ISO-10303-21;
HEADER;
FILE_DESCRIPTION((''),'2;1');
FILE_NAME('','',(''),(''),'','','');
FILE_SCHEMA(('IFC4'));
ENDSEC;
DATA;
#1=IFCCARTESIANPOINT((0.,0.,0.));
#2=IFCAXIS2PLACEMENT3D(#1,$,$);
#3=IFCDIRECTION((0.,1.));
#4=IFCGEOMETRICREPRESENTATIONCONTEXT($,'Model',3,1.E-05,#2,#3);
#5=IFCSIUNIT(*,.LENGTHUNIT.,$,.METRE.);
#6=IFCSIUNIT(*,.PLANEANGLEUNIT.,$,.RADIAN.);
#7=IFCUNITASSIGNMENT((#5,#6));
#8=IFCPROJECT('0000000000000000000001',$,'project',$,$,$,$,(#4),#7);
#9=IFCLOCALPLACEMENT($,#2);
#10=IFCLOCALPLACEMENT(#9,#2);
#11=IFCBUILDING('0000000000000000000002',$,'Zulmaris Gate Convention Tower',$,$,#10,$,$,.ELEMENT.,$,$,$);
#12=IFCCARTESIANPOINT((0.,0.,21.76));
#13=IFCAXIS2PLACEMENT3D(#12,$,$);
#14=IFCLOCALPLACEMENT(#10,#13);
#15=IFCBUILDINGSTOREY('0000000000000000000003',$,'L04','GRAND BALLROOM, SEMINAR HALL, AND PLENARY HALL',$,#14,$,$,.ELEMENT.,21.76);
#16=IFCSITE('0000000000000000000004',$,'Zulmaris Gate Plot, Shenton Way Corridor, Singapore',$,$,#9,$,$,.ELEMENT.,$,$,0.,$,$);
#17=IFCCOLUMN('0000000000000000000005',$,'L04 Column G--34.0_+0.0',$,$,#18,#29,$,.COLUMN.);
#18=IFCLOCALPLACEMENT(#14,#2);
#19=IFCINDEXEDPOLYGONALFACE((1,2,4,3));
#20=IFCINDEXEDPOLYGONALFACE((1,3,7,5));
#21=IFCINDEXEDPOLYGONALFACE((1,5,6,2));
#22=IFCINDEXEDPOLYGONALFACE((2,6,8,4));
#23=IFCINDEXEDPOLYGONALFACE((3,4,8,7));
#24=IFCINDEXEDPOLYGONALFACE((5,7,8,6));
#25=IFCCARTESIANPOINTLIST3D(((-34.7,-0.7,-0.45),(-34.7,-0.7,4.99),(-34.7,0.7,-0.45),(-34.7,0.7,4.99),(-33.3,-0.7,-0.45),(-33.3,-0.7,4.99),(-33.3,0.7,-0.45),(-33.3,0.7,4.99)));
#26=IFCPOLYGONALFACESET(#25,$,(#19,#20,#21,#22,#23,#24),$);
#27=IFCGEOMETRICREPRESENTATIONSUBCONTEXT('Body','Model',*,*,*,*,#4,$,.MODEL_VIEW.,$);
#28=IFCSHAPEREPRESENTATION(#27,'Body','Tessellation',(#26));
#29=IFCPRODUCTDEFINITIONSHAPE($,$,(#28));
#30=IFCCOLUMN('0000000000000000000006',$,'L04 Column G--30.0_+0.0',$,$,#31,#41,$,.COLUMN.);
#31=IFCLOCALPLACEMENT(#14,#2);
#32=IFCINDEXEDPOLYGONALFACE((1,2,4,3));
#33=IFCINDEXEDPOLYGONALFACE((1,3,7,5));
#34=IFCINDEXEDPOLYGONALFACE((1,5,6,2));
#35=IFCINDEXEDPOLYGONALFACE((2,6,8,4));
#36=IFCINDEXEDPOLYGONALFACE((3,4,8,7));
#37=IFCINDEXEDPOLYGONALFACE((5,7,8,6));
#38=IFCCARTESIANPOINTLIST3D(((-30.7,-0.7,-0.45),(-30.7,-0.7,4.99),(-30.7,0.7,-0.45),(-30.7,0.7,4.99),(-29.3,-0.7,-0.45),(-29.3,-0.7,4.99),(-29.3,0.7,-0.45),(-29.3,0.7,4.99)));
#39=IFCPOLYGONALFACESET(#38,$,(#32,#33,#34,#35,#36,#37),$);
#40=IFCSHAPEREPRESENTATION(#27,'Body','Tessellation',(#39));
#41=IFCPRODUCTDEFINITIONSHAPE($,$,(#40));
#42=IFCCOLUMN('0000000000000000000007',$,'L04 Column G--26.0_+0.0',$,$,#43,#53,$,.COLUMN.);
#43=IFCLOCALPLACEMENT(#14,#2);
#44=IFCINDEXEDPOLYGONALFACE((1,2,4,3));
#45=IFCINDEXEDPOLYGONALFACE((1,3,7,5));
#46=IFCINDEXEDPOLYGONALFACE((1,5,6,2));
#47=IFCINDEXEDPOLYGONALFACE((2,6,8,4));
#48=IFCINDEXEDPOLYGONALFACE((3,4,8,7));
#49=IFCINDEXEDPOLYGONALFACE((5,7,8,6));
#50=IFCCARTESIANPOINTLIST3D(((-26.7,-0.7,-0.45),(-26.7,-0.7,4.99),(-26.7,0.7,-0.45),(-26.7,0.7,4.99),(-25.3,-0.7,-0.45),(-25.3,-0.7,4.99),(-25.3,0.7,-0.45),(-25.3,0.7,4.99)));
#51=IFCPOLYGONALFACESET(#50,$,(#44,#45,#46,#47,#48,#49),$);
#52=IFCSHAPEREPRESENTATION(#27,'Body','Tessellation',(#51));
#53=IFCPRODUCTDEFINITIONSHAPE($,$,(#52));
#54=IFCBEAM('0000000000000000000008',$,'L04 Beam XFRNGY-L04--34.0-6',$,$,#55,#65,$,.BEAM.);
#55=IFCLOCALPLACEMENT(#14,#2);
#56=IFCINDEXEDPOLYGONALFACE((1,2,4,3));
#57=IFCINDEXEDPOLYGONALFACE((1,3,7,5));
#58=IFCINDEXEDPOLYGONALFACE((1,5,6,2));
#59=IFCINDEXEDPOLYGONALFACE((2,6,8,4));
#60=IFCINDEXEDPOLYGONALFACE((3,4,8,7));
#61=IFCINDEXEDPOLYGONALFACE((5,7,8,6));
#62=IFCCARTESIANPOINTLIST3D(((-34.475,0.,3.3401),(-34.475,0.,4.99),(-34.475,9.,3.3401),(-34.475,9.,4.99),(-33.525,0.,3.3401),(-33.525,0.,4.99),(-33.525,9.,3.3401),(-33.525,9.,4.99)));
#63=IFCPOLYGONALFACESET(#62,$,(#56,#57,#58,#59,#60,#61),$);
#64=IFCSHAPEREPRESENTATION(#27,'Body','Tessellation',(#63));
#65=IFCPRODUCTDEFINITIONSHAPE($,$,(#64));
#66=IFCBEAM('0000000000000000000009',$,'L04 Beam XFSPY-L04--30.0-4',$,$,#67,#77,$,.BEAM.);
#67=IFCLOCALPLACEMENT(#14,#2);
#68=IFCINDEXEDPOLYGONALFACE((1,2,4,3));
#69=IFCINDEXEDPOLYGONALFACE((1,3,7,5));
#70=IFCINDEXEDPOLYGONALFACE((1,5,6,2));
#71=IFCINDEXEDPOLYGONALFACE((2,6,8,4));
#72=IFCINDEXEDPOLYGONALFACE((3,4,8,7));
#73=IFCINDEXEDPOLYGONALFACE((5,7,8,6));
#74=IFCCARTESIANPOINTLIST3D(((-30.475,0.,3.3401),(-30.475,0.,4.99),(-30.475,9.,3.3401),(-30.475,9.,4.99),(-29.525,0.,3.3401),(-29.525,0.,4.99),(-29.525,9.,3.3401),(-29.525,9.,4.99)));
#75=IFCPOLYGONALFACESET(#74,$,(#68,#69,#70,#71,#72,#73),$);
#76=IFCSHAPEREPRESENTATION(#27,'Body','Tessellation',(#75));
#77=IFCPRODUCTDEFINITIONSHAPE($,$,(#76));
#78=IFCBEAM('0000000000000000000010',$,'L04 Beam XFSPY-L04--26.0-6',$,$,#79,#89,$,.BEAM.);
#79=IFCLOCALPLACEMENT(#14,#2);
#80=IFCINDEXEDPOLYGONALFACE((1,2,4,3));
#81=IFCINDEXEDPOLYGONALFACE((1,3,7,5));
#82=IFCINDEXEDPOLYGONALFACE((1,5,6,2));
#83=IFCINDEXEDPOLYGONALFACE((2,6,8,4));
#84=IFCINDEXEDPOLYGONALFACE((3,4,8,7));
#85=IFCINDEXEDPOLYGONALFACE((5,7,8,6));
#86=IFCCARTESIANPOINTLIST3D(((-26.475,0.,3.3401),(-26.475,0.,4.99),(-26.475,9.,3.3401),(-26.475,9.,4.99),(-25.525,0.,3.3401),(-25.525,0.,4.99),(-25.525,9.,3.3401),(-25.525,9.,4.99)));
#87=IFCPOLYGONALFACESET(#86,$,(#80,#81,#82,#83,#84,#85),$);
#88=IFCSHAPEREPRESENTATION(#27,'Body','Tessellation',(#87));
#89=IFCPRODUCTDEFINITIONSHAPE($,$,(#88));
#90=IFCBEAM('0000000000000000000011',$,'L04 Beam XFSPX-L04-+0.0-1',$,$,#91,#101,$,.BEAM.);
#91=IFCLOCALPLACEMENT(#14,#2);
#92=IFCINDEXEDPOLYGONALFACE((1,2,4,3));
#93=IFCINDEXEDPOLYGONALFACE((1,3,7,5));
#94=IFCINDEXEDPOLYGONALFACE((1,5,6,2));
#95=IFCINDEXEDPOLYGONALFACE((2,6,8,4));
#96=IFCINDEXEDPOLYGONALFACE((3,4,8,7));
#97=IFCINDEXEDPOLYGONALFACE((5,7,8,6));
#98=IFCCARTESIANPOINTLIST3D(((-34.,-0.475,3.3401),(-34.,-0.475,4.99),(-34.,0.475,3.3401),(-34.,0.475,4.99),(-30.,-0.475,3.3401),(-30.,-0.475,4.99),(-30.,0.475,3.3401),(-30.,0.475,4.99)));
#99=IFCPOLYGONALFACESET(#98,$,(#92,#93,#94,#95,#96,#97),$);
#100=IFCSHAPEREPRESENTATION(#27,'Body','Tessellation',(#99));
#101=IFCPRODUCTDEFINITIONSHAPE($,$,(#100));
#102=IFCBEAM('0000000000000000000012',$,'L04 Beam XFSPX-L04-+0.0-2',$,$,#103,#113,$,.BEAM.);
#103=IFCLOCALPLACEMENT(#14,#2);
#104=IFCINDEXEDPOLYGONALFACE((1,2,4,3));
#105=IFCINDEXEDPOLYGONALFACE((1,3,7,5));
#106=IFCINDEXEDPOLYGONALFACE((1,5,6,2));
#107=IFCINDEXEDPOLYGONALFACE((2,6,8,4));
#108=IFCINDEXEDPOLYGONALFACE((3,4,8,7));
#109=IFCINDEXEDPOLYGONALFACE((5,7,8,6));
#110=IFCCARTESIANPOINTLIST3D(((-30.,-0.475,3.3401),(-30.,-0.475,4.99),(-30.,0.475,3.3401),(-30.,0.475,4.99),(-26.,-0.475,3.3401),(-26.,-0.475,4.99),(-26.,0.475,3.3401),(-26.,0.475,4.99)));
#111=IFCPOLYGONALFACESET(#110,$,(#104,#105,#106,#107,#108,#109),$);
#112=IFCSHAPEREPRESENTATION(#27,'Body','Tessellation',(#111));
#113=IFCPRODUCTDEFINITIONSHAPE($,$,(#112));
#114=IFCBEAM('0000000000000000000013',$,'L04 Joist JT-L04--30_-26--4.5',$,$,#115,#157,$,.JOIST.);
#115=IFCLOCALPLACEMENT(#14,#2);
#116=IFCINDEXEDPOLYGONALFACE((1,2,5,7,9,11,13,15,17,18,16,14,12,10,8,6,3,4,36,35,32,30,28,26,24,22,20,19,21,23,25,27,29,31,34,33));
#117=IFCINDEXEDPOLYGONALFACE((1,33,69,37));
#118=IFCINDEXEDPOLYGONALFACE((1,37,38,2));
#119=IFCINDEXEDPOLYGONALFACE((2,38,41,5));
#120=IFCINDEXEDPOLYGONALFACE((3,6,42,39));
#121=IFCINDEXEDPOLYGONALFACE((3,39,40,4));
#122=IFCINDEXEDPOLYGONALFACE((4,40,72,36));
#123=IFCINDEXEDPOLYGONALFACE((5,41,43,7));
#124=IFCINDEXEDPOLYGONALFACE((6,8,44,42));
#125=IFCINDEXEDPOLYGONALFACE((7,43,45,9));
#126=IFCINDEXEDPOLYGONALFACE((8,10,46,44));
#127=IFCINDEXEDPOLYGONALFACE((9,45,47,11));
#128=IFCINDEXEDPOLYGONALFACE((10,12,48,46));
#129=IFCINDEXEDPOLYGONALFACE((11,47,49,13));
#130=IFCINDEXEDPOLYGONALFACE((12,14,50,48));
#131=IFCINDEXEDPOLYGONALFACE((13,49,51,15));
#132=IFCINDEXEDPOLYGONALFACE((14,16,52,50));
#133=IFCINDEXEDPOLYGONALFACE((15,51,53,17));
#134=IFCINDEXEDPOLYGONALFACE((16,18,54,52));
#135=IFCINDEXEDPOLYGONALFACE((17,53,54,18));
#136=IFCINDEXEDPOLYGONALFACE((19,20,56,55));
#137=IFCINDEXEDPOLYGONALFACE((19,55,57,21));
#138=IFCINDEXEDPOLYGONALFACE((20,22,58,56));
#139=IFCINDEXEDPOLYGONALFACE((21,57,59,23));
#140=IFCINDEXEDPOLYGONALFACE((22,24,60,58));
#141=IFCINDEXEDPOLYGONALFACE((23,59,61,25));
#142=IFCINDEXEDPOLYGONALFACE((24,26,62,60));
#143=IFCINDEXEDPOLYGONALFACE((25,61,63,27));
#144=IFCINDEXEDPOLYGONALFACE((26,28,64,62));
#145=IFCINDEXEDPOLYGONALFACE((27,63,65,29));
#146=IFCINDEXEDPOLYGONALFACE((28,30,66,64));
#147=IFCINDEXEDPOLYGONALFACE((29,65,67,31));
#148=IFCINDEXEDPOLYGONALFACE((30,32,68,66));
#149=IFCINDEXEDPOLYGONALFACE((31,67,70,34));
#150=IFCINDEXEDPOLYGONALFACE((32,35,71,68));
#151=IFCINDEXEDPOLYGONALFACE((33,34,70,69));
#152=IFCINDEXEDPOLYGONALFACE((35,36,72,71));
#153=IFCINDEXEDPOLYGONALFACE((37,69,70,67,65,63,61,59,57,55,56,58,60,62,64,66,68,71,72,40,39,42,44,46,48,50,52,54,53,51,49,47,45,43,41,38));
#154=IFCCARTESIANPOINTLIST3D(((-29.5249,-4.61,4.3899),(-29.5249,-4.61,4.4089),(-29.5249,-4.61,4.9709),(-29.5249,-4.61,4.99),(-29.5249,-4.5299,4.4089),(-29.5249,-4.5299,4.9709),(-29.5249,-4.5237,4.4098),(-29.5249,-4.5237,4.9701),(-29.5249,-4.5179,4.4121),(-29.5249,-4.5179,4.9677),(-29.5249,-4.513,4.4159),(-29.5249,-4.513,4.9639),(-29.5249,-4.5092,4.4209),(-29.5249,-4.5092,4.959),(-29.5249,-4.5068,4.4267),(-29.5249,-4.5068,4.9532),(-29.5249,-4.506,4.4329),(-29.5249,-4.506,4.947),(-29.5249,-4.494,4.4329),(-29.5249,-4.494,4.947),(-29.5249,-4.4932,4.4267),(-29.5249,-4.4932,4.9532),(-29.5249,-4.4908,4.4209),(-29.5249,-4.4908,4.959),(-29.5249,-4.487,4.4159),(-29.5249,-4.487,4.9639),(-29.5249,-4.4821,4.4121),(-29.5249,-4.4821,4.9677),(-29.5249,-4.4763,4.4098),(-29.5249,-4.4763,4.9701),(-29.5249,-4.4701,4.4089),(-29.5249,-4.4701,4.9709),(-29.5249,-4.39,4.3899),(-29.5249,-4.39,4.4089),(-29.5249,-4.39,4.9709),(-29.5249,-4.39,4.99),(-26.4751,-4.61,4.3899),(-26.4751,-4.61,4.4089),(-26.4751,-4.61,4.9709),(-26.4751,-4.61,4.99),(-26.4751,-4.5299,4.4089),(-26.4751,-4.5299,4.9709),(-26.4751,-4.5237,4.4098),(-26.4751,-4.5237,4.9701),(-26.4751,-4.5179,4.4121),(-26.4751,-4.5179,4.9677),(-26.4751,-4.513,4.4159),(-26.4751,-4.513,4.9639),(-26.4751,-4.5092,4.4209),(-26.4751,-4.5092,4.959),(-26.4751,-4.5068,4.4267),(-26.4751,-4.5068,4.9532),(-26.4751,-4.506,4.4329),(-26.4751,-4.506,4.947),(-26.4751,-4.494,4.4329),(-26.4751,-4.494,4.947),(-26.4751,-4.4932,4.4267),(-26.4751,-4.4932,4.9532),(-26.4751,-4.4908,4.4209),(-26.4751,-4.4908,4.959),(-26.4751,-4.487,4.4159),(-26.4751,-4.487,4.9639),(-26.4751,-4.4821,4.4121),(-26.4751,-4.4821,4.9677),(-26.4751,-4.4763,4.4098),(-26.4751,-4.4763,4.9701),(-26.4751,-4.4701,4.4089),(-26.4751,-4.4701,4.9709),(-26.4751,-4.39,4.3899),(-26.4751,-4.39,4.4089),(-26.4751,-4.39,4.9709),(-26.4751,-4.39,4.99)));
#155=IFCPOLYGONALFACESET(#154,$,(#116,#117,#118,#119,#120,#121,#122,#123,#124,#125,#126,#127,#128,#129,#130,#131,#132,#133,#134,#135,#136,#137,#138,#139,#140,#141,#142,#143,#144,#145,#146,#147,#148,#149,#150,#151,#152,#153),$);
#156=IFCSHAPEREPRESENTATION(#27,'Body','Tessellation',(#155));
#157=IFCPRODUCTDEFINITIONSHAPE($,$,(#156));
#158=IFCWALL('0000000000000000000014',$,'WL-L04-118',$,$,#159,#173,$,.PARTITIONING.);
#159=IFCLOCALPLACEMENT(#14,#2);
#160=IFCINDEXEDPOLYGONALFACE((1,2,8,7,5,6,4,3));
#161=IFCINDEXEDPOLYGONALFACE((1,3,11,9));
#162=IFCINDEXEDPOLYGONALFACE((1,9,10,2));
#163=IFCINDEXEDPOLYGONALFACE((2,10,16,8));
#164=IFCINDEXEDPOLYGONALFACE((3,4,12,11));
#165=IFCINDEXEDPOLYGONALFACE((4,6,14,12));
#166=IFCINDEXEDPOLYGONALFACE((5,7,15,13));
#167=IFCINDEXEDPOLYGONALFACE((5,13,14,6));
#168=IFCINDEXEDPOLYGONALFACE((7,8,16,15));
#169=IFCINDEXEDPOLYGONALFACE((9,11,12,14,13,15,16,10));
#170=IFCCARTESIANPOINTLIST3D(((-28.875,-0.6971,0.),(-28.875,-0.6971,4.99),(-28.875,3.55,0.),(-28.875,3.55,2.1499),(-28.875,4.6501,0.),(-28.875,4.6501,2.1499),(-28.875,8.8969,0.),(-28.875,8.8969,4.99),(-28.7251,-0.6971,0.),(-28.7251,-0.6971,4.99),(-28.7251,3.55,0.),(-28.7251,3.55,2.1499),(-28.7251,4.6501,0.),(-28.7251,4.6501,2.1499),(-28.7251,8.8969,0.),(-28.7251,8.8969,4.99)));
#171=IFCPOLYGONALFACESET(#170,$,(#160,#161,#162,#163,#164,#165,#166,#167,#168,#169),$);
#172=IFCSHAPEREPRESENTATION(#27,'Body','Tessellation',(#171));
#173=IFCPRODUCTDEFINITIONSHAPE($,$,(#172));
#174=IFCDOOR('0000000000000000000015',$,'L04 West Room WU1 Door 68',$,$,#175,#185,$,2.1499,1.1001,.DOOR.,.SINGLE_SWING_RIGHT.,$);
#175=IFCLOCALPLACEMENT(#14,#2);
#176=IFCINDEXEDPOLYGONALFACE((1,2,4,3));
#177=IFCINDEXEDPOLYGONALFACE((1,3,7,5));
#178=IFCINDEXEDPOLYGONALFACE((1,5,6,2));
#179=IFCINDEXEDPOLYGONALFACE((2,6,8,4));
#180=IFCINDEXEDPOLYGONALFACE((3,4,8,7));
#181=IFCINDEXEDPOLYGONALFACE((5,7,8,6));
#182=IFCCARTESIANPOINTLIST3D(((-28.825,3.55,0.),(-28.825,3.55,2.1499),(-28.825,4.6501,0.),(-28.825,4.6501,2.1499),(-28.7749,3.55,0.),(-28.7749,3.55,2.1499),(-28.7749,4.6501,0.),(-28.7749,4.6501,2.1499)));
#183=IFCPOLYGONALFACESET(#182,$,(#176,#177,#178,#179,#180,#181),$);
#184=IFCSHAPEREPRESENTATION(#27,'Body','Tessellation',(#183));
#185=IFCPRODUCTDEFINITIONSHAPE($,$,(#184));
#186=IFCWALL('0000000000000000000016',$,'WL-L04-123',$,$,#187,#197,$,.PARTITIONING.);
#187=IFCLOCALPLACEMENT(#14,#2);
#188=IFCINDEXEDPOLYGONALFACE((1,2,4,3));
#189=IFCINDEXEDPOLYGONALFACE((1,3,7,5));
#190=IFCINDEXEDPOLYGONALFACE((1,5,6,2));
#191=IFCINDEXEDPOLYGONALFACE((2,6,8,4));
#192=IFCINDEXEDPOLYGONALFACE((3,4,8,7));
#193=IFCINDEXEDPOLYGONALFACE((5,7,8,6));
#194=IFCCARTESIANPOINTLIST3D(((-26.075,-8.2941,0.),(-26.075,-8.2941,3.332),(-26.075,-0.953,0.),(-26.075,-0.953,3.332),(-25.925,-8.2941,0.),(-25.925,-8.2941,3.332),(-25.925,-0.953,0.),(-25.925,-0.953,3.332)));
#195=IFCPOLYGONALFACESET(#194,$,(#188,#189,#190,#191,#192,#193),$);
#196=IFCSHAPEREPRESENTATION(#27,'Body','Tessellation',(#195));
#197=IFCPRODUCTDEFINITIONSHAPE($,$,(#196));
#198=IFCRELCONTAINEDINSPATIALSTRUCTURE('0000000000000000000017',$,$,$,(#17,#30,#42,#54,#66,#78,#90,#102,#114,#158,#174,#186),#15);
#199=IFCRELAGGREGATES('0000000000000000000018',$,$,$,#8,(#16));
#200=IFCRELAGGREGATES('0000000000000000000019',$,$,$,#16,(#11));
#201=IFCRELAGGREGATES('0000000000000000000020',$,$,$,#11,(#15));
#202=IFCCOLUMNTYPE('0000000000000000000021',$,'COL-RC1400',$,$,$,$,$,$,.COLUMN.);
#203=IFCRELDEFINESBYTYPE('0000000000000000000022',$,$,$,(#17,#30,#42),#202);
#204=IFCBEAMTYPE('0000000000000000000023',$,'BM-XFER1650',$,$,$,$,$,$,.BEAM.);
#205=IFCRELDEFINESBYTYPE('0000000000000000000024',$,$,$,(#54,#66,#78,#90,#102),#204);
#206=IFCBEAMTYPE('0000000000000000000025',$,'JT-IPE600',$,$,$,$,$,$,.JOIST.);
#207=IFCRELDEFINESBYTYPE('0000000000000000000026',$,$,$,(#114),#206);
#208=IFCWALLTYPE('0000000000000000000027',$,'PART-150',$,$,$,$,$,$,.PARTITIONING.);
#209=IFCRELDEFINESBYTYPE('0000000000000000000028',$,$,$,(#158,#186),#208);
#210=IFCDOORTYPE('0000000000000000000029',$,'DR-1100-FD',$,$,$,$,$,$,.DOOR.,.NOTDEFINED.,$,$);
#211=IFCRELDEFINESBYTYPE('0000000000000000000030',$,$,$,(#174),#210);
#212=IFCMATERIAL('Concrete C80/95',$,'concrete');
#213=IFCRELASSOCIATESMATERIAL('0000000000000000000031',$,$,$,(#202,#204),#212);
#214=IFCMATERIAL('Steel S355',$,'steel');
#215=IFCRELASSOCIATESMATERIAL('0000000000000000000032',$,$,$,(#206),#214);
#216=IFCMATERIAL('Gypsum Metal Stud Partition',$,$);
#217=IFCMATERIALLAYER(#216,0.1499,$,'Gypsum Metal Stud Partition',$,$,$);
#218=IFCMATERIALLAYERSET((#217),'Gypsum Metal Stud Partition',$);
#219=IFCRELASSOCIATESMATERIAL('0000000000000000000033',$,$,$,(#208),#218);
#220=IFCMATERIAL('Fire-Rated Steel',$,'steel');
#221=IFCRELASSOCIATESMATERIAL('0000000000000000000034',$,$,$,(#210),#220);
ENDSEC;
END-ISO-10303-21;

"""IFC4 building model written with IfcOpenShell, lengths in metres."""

from ifc_helpers import new_model, si_unit, direction, frame, frame_2d, origin, origin_2d, place, context, subcontext, project, spatial, rectangle, i_section, extrude, material, layer, layer_set, material_profile, profile_set, type_object, element, fill, save


model = new_model("IFC4")

# Units and contexts
model_context = context("Model", 3, precision=1e-05, world=origin(), true_north=direction((0.0, 1.0)))
body_context = subcontext(model_context, "Body", "Model", "MODEL_VIEW")
ifc_project = project(units=[si_unit("LENGTHUNIT", "METRE"), si_unit("PLANEANGLEUNIT", "RADIAN")], contexts=[model_context])

# Site, building, storey
site_placement = place(None, origin())
site = spatial("IfcSite", under=ifc_project, at=site_placement, Name="Zulmaris Gate Plot, Shenton Way Corridor, Singapore", CompositionType="ELEMENT", RefElevation=0.0)
building_placement = place(site_placement, origin())
building = spatial("IfcBuilding", under=site, at=building_placement, Name="Zulmaris Gate Convention Tower", CompositionType="ELEMENT")
storey_placement = place(building_placement, frame((0.0, 0.0, 21.76)))
storey = spatial("IfcBuildingStorey", under=building, at=storey_placement, Name="L04", Description="GRAND BALLROOM, SEMINAR HALL, AND PLENARY HALL", CompositionType="ELEMENT", Elevation=21.76)

# Columns
ifc_material_1 = material(Name="Concrete C80/95", Category="concrete")
ifc_material_profile_1 = material_profile(ifc_material_1, rectangle(XDim=1.3999, YDim=1.3999, at=origin_2d()), Name="RC COL 1400x1400")
ifc_profile_set_1 = profile_set([ifc_material_profile_1], Name="Concrete C80/95")
column_type = type_object("IfcColumnType", Name="COL-RC1400", PredefinedType="COLUMN", material=ifc_profile_set_1)
for number, where, z_axis, x_axis, name in (
    (1, (-34.0, 0.0, -0.45), (0.0, 0.0, 1.0), (1.0, 0.0, 0.0), "L04 Column G--34.0_+0.0"),
    (2, (-30.0, 0.0, -0.45), (0.0, 0.0, 1.0), (1.0, 0.0, 0.0), "L04 Column G--30.0_+0.0"),
    (3, (-26.0, 0.0, -0.45), (0.0, 0.0, 1.0), (1.0, 0.0, 0.0), "L04 Column G--26.0_+0.0"),
):
    element("IfcColumn", number, at=place(storey_placement, frame(where, z_axis=z_axis, x_axis=x_axis)), inside=storey, type_object=column_type, Name=name, PredefinedType="COLUMN", context=body_context, shape_type="SweptSolid", body=[
        extrude(rectangle(XDim=1.3999, YDim=1.3999, at=origin_2d()), origin(), (0.0, 0.0, 1.0), 5.4399),
    ])

# Beams
ifc_material_profile_2 = material_profile(ifc_material_1, rectangle(XDim=0.95, YDim=1.6499, at=origin_2d()), Name="RC TRANSFER 950x1650")
ifc_profile_set_2 = profile_set([ifc_material_profile_2], Name="Concrete C80/95")
beam_type_1 = type_object("IfcBeamType", Name="BM-XFER1650", PredefinedType="BEAM", material=ifc_profile_set_2)
for number, where, z_axis, x_axis, name in (
    (4, (-34.0, 0.0, 4.165), (0.0, 1.0, 0.0), (-1.0, 0.0, 0.0), "L04 Beam XFRNGY-L04--34.0-6"),
    (5, (-30.0, 0.0, 4.165), (0.0, 1.0, 0.0), (-1.0, 0.0, 0.0), "L04 Beam XFSPY-L04--30.0-4"),
    (6, (-26.0, 0.0, 4.165), (0.0, 1.0, 0.0), (-1.0, 0.0, 0.0), "L04 Beam XFSPY-L04--26.0-6"),
):
    element("IfcBeam", number, at=place(storey_placement, frame(where, z_axis=z_axis, x_axis=x_axis)), inside=storey, type_object=beam_type_1, Name=name, PredefinedType="BEAM", context=body_context, shape_type="SweptSolid", body=[
        extrude(rectangle(XDim=0.95, YDim=1.6499, at=origin_2d()), origin(), (0.0, 0.0, 1.0), 9.0),
    ])
for number, where, z_axis, x_axis, name in (
    (7, (-34.0, 0.0, 4.165), (1.0, 0.0, 0.0), (0.0, 1.0, 0.0), "L04 Beam XFSPX-L04-+0.0-1"),
    (8, (-30.0, 0.0, 4.165), (1.0, 0.0, 0.0), (0.0, 1.0, 0.0), "L04 Beam XFSPX-L04-+0.0-2"),
):
    element("IfcBeam", number, at=place(storey_placement, frame(where, z_axis=z_axis, x_axis=x_axis)), inside=storey, type_object=beam_type_1, Name=name, PredefinedType="BEAM", context=body_context, shape_type="SweptSolid", body=[
        extrude(rectangle(XDim=0.95, YDim=1.6499, at=origin_2d()), origin(), (0.0, 0.0, 1.0), 4.0),
    ])
ifc_material_2 = material(Name="Steel S355", Category="steel")
ifc_material_profile_3 = material_profile(ifc_material_2, i_section(OverallWidth=0.22, OverallDepth=0.6001, WebThickness=0.012, FlangeThickness=0.019, FilletRadius=0.0239, at=origin_2d()), Name="IPE 600")
ifc_profile_set_3 = profile_set([ifc_material_profile_3], Name="Steel S355")
beam_type_2 = type_object("IfcBeamType", Name="JT-IPE600", PredefinedType="JOIST", material=ifc_profile_set_3)
beam_placement = place(storey_placement, frame((-29.5249, -4.5, 4.6899), z_axis=(1.0, 0.0, 0.0), x_axis=(0.0, 1.0, 0.0)))
element("IfcBeam", 9, at=beam_placement, inside=storey, type_object=beam_type_2, Name="L04 Joist JT-L04--30_-26--4.5", PredefinedType="JOIST", context=body_context, shape_type="SweptSolid", body=[
    extrude(i_section(OverallWidth=0.22, OverallDepth=0.6001, WebThickness=0.012, FlangeThickness=0.019, FilletRadius=0.0239, at=origin_2d()), origin(), (0.0, 0.0, 1.0), 3.0498),
])

# Wall, opening, door
ifc_material_3 = material(Name="Gypsum Metal Stud Partition")
ifc_layer_1 = layer(ifc_material_3, 0.1499, Name="Gypsum Metal Stud Partition")
ifc_layer_set_1 = layer_set([ifc_layer_1], Name="Gypsum Metal Stud Partition")
wall_type_1 = type_object("IfcWallType", Name="PART-150", PredefinedType="PARTITIONING", material=ifc_layer_set_1)
wall_1_placement = place(storey_placement, frame((-28.8, -0.697, 0.0), z_axis=(0.0, 0.0, 1.0), x_axis=(0.0, 1.0, 0.0)))
wall_1 = element("IfcWall", 10, at=wall_1_placement, inside=storey, type_object=wall_type_1, Name="WL-L04-118", PredefinedType="PARTITIONING", context=body_context, shape_type="SweptSolid", body=[
    extrude(rectangle(XDim=9.594, YDim=0.1499, at=frame_2d((4.7969, 0.0))), origin(), (0.0, 0.0, 1.0), 4.99),
])
opening_1_placement = place(wall_1_placement, frame((4.2471, 0.0, 0.0)))
opening_1 = element("IfcOpeningElement", 11, at=opening_1_placement, cuts=wall_1, PredefinedType="OPENING", context=body_context, shape_type="SweptSolid", body=[
    extrude(rectangle(XDim=1.1001, YDim=2.1499, at=frame_2d((0.55, 1.075))), frame((0.0, 0.085, 0.0), z_axis=(0.0, -1.0, 0.0), x_axis=(1.0, 0.0, 0.0)), (0.0, 0.0, 1.0), 0.1699),
])
ifc_material_4 = material(Name="Fire-Rated Steel", Category="steel")
door_type = type_object("IfcDoorType", Name="DR-1100-FD", OperationType="NOTDEFINED", PredefinedType="DOOR", material=ifc_material_4)
door_placement = place(opening_1_placement, origin())
door = element("IfcDoor", 12, at=door_placement, inside=storey, type_object=door_type, Name="L04 West Room WU1 Door 68", OperationType="SINGLE_SWING_RIGHT", OverallHeight=2.1499, OverallWidth=1.1001, PredefinedType="DOOR", context=body_context, shape_type="SweptSolid", body=[
    extrude(rectangle(XDim=1.1001, YDim=2.1499, at=frame_2d((0.55, 1.075))), frame((0.0, 0.0249, 0.0), z_axis=(0.0, -1.0, 0.0), x_axis=(1.0, 0.0, 0.0)), (0.0, 0.0, 1.0), 0.05),
])
fill(opening_1, door)

# Wall
wall_2_placement = place(storey_placement, frame((-26.0, -8.2939, 0.0), z_axis=(0.0, 0.0, 1.0), x_axis=(0.0, 1.0, 0.0)))
element("IfcWall", 13, at=wall_2_placement, inside=storey, type_object=wall_type_1, Name="WL-L04-123", PredefinedType="PARTITIONING", context=body_context, shape_type="SweptSolid", body=[
    extrude(rectangle(XDim=7.3411, YDim=0.1499, at=frame_2d((3.6704, 0.0))), origin(), (0.0, 0.0, 1.0), 3.332),
])

save(model, "model.ifc")
